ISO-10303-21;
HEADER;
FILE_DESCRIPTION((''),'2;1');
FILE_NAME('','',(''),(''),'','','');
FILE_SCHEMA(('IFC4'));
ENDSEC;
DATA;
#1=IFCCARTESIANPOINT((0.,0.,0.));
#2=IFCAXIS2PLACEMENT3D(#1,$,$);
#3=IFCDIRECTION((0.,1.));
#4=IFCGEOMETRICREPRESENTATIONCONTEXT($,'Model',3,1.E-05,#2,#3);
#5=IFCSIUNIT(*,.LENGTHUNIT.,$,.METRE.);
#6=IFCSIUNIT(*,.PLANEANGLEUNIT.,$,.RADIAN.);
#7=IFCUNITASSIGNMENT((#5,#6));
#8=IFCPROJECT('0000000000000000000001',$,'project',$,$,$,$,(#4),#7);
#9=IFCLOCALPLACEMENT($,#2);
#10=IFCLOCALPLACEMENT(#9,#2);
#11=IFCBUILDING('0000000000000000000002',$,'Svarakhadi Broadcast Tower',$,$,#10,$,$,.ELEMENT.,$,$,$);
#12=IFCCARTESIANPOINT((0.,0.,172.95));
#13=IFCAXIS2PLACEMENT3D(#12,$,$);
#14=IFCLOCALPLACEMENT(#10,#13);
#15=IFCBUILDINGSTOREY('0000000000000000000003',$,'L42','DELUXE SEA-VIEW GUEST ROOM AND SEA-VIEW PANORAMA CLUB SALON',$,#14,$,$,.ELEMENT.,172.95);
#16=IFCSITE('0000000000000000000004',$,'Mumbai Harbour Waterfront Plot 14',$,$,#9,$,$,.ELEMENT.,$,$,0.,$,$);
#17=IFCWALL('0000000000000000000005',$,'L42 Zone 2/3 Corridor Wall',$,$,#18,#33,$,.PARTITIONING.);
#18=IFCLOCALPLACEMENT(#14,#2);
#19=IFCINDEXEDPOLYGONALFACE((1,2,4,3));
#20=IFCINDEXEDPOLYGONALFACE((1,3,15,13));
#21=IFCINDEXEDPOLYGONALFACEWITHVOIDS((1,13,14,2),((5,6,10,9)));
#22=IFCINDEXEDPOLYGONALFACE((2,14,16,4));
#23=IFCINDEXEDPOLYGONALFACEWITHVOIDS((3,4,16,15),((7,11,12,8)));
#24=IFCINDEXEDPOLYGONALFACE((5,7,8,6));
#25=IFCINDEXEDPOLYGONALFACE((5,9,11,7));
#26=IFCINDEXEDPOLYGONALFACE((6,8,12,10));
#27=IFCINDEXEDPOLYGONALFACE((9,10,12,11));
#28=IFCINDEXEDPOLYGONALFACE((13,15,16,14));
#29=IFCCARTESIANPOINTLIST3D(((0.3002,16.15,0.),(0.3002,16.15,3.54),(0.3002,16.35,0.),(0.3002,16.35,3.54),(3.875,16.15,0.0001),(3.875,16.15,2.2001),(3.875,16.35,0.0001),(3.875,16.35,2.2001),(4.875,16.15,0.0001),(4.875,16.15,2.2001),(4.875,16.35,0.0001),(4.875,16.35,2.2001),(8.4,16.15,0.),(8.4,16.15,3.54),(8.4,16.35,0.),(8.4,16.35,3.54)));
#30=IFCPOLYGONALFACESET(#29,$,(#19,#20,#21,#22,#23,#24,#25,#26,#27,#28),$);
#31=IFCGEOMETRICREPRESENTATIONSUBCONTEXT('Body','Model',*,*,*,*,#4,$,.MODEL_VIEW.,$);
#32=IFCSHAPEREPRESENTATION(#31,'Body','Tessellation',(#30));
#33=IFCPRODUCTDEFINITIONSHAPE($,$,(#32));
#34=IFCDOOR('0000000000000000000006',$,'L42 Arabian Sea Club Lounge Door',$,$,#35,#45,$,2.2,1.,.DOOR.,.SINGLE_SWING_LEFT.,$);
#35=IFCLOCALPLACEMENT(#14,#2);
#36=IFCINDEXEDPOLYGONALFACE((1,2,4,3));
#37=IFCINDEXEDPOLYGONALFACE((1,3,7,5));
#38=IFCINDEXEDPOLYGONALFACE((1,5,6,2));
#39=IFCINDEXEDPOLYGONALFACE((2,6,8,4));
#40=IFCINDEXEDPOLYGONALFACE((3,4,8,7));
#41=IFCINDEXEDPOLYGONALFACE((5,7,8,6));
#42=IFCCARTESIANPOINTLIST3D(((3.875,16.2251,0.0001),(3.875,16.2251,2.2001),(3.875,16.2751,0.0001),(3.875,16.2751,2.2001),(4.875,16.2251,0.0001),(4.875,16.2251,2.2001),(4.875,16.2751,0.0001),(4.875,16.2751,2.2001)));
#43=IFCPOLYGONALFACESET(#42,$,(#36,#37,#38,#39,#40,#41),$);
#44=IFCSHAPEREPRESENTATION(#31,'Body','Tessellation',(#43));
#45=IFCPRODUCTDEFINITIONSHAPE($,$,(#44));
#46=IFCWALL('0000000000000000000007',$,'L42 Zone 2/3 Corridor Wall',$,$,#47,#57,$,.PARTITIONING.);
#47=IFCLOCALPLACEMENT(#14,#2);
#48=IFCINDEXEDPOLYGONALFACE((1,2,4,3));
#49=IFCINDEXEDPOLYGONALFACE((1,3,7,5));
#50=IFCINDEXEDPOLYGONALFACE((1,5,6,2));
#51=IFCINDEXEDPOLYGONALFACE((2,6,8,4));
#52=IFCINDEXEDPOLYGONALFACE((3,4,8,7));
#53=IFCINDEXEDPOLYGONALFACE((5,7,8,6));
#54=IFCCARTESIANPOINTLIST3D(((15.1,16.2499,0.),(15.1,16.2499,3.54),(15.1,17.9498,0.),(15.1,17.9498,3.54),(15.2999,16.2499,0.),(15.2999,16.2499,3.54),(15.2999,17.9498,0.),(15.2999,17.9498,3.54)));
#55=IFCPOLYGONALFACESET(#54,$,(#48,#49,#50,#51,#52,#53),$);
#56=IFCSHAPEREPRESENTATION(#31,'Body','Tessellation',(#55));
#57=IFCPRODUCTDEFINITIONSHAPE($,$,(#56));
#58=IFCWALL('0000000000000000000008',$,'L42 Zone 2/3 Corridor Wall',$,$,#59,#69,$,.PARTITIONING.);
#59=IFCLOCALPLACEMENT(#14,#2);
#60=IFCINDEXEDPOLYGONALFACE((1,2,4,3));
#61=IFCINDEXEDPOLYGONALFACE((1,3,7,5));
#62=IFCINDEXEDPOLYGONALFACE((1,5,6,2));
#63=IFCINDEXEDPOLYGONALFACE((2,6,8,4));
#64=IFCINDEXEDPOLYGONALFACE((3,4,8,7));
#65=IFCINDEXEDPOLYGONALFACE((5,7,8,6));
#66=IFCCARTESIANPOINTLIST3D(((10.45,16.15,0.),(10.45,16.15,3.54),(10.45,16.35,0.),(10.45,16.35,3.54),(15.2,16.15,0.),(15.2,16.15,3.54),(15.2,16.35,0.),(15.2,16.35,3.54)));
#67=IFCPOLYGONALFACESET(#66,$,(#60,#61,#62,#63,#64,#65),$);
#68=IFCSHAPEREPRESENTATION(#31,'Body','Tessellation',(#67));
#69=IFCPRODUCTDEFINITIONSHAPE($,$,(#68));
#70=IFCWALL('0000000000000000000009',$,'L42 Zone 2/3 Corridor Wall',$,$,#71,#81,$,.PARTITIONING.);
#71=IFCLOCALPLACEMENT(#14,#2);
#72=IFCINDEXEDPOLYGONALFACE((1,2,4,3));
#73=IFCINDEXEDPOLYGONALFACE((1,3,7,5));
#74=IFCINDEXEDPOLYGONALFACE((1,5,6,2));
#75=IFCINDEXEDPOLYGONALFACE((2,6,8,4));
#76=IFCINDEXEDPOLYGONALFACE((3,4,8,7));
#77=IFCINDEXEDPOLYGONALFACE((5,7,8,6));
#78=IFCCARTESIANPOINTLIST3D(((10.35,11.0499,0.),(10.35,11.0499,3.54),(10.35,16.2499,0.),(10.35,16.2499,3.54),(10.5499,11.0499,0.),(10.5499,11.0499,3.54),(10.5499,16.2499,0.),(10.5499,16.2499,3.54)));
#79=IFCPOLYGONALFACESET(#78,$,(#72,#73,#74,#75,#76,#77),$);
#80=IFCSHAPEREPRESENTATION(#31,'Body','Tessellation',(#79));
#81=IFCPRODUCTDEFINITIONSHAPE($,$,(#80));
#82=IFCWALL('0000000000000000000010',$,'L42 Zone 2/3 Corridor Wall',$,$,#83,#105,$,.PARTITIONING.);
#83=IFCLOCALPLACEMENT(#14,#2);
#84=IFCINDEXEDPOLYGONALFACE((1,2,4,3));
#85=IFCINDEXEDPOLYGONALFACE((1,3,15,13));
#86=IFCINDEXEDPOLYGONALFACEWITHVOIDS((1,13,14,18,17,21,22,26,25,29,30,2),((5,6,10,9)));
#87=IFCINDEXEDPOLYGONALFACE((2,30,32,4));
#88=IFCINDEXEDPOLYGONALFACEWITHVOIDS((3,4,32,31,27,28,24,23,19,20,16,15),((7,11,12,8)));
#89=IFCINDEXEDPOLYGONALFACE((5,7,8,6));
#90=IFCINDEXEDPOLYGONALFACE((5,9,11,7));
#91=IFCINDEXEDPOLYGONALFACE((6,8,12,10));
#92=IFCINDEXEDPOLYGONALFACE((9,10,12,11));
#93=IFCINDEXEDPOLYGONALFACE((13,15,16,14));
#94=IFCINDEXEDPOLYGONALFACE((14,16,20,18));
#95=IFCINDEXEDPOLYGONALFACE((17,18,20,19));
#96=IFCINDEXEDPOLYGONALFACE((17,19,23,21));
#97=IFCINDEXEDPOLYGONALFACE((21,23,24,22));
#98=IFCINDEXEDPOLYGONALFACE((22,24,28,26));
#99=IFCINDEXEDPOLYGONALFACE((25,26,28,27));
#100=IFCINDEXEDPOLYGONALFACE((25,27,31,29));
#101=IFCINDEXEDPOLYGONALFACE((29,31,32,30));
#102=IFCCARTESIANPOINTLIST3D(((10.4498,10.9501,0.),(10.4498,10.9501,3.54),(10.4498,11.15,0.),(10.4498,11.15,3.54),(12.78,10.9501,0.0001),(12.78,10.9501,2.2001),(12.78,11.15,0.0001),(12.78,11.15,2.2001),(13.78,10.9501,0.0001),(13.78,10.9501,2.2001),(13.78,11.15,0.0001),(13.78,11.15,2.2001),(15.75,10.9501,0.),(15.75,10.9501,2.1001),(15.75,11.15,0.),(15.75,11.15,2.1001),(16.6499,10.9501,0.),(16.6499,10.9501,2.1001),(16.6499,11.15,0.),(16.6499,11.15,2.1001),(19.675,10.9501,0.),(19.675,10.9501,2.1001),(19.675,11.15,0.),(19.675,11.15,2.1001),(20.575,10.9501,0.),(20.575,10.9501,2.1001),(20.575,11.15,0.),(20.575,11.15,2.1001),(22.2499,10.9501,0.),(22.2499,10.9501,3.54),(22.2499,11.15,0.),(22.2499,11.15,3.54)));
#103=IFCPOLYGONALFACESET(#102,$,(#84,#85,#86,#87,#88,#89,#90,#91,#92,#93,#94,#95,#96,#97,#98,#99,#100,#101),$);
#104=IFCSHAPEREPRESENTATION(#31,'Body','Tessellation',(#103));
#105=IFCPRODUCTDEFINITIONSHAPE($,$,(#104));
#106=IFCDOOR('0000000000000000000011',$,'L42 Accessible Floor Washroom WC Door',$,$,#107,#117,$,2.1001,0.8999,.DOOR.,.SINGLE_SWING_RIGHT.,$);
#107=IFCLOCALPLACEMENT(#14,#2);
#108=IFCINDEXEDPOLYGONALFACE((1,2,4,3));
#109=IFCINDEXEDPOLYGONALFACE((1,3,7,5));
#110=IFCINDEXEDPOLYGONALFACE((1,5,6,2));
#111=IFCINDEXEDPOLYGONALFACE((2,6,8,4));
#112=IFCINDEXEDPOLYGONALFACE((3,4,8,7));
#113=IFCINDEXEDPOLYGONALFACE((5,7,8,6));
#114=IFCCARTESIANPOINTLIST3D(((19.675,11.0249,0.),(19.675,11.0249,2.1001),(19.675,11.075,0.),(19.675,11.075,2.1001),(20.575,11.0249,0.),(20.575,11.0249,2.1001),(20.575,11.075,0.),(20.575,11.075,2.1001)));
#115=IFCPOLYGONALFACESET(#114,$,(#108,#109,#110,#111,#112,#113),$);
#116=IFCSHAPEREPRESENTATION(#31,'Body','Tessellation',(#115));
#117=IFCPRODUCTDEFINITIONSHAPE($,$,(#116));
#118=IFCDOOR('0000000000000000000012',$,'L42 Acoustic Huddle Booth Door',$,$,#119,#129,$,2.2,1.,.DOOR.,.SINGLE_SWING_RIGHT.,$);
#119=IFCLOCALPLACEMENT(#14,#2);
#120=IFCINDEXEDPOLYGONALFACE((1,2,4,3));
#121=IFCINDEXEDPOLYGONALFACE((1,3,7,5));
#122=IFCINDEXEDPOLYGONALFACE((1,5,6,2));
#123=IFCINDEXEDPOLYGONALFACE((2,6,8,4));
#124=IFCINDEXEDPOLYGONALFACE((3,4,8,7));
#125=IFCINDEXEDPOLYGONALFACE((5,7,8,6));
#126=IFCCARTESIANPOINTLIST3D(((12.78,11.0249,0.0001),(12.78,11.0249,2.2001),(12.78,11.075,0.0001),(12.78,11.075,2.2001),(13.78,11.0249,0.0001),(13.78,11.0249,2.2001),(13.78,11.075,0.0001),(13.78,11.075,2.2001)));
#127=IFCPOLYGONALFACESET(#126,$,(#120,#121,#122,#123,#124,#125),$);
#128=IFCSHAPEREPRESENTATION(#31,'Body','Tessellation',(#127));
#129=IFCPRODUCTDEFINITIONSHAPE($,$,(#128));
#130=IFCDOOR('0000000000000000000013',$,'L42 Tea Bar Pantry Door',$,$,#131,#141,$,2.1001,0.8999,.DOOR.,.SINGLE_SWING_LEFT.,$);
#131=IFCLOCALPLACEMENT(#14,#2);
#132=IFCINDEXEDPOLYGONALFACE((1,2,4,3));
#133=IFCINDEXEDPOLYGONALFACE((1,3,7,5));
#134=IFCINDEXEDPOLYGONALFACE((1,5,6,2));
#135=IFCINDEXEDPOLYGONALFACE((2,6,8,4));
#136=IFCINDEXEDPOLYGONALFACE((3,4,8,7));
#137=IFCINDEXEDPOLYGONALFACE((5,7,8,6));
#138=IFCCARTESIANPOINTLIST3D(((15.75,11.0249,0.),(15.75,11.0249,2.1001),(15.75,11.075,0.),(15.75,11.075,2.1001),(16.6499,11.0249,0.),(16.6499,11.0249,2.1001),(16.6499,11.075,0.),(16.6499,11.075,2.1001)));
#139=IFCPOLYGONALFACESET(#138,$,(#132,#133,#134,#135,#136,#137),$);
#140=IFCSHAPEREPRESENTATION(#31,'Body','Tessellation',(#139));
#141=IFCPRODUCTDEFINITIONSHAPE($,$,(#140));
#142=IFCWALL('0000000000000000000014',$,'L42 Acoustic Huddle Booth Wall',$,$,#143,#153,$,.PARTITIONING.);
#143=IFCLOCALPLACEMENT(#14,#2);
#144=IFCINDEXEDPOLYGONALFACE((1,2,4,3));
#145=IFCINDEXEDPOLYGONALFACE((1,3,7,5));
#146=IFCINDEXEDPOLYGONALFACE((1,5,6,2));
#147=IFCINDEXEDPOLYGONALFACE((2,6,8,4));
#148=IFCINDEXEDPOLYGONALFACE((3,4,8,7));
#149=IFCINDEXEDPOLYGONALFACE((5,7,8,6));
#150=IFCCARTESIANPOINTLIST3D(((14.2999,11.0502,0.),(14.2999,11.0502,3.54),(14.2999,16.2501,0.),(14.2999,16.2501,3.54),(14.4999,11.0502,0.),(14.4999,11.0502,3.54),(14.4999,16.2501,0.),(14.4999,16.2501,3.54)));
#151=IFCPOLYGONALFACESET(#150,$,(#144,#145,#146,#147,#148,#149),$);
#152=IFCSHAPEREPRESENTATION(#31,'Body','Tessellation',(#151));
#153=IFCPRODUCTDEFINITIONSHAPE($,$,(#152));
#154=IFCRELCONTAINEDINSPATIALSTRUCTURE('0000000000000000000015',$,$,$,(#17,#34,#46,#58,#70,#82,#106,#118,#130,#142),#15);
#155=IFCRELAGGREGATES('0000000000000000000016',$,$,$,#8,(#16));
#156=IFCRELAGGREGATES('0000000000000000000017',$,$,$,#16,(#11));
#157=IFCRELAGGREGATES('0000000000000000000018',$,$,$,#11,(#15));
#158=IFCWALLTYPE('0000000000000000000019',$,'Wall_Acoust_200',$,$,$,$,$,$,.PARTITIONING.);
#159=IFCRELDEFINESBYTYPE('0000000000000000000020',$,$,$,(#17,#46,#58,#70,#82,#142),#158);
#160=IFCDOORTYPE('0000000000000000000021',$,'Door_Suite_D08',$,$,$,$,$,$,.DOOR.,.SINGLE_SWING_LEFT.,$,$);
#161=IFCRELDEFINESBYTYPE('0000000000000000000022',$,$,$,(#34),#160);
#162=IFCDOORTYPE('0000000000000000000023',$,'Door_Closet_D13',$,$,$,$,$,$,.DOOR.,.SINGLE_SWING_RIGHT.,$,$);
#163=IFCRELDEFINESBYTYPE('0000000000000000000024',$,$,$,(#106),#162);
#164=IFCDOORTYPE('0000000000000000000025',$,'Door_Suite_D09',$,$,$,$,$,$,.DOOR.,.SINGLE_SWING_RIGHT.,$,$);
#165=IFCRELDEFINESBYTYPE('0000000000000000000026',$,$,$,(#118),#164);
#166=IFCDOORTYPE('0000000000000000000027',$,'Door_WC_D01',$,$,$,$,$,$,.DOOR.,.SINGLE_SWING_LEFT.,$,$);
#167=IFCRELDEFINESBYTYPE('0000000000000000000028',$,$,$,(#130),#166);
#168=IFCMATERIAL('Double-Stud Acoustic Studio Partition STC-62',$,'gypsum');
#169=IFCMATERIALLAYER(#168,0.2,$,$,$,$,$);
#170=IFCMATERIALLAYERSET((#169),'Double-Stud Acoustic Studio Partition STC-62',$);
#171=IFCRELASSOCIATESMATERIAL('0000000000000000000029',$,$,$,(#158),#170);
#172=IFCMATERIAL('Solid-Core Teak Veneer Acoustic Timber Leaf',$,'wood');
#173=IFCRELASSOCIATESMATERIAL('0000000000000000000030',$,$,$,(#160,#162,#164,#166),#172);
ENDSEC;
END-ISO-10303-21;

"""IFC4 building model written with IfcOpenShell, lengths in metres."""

from ifc_helpers import new_model, si_unit, direction, frame, frame_2d, origin, place, context, subcontext, project, spatial, rectangle, extrude, material, layer, layer_set, type_object, element, fill, save


model = new_model("IFC4")

# Units and contexts
model_context = context("Model", 3, precision=1e-05, world=origin(), true_north=direction((0.0, 1.0)))
body_context = subcontext(model_context, "Body", "Model", "MODEL_VIEW")
ifc_project = project(units=[si_unit("LENGTHUNIT", "METRE"), si_unit("PLANEANGLEUNIT", "RADIAN")], contexts=[model_context])

# Site, building, storey
site_placement = place(None, origin())
site = spatial("IfcSite", under=ifc_project, at=site_placement, Name="Mumbai Harbour Waterfront Plot 14", CompositionType="ELEMENT", RefElevation=0.0)
building_placement = place(site_placement, origin())
building = spatial("IfcBuilding", under=site, at=building_placement, Name="Svarakhadi Broadcast Tower", CompositionType="ELEMENT")
storey_placement = place(building_placement, frame((0.0, 0.0, 172.95)))
storey = spatial("IfcBuildingStorey", under=building, at=storey_placement, Name="L42", Description="DELUXE SEA-VIEW GUEST ROOM AND SEA-VIEW PANORAMA CLUB SALON", CompositionType="ELEMENT", Elevation=172.95)

# Shared definitions
ifc_material_1 = material(Name="Double-Stud Acoustic Studio Partition STC-62", Category="gypsum")
ifc_layer_1 = layer(ifc_material_1, 0.2)
ifc_layer_set_1 = layer_set([ifc_layer_1], Name="Double-Stud Acoustic Studio Partition STC-62")
wall_type_1 = type_object("IfcWallType", Name="Wall_Acoust_200", PredefinedType="PARTITIONING", material=ifc_layer_set_1)

# Wall, opening, door
wall_1_placement = place(storey_placement, frame((8.3999, 16.25, 0.0), z_axis=(0.0, 0.0, 1.0), x_axis=(-1.0, 0.0, 0.0)))
wall_1 = element("IfcWall", 1, at=wall_1_placement, inside=storey, type_object=wall_type_1, Name="L42 Zone 2/3 Corridor Wall", PredefinedType="PARTITIONING", context=body_context, shape_type="SweptSolid", body=[
    extrude(rectangle(XDim=8.0999, YDim=0.2, at=frame_2d((4.0498, 0.0))), origin(), (0.0, 0.0, 1.0), 3.54),
])
opening_1_placement = place(wall_1_placement, frame((3.5249, 0.0, 0.0)))
opening_1 = element("IfcOpeningElement", 2, at=opening_1_placement, cuts=wall_1, PredefinedType="OPENING", context=body_context, shape_type="SweptSolid", body=[
    extrude(rectangle(XDim=1.0, YDim=2.2, at=frame_2d((0.5, 1.1001))), frame((0.0, 0.1099, 0.0), z_axis=(0.0, -1.0, 0.0), x_axis=(1.0, 0.0, 0.0)), (0.0, 0.0, 1.0), 0.22),
])
ifc_material_2 = material(Name="Solid-Core Teak Veneer Acoustic Timber Leaf", Category="wood")
door_type_1 = type_object("IfcDoorType", Name="Door_Suite_D08", OperationType="SINGLE_SWING_LEFT", PredefinedType="DOOR", material=ifc_material_2)
door_1_placement = place(opening_1_placement, origin())
door_1 = element("IfcDoor", 3, at=door_1_placement, inside=storey, type_object=door_type_1, Name="L42 Arabian Sea Club Lounge Door", OperationType="SINGLE_SWING_LEFT", OverallHeight=2.2, OverallWidth=1.0, PredefinedType="DOOR", context=body_context, shape_type="SweptSolid", body=[
    extrude(rectangle(XDim=1.0, YDim=2.2, at=frame_2d((0.5, 1.1001))), frame((0.0, 0.0249, 0.0), z_axis=(0.0, -1.0, 0.0), x_axis=(1.0, 0.0, 0.0)), (0.0, 0.0, 1.0), 0.05),
])
fill(opening_1, door_1)

# Walls
wall_2_placement = place(storey_placement, frame((15.2, 17.95, 0.0), z_axis=(0.0, 0.0, 1.0), x_axis=(0.0, -1.0, 0.0)))
element("IfcWall", 4, at=wall_2_placement, inside=storey, type_object=wall_type_1, Name="L42 Zone 2/3 Corridor Wall", PredefinedType="PARTITIONING", context=body_context, shape_type="SweptSolid", body=[
    extrude(rectangle(XDim=1.7, YDim=0.2, at=frame_2d((0.8501, 0.0))), origin(), (0.0, 0.0, 1.0), 3.54),
])
wall_3_placement = place(storey_placement, frame((15.2, 16.25, 0.0), z_axis=(0.0, 0.0, 1.0), x_axis=(-1.0, 0.0, 0.0)))
element("IfcWall", 5, at=wall_3_placement, inside=storey, type_object=wall_type_1, Name="L42 Zone 2/3 Corridor Wall", PredefinedType="PARTITIONING", context=body_context, shape_type="SweptSolid", body=[
    extrude(rectangle(XDim=4.75, YDim=0.2, at=frame_2d((2.375, 0.0))), origin(), (0.0, 0.0, 1.0), 3.54),
])
wall_4_placement = place(storey_placement, frame((10.45, 16.25, 0.0), z_axis=(0.0, 0.0, 1.0), x_axis=(0.0, -1.0, 0.0)))
element("IfcWall", 6, at=wall_4_placement, inside=storey, type_object=wall_type_1, Name="L42 Zone 2/3 Corridor Wall", PredefinedType="PARTITIONING", context=body_context, shape_type="SweptSolid", body=[
    extrude(rectangle(XDim=5.2, YDim=0.2, at=frame_2d((2.6001, 0.0))), origin(), (0.0, 0.0, 1.0), 3.54),
])

# Wall, openings, doors
wall_5_placement = place(storey_placement, frame((10.45, 11.05, 0.0), z_axis=(0.0, 0.0, 1.0), x_axis=(1.0, 0.0, 0.0)))
wall_5 = element("IfcWall", 7, at=wall_5_placement, inside=storey, type_object=wall_type_1, Name="L42 Zone 2/3 Corridor Wall", PredefinedType="PARTITIONING", context=body_context, shape_type="SweptSolid", body=[
    extrude(rectangle(XDim=11.8, YDim=0.2, at=frame_2d((5.8999, 0.0))), origin(), (0.0, 0.0, 1.0), 3.54),
])
opening_2_placement = place(wall_5_placement, frame((2.3301, 0.0, 0.0)))
opening_2 = element("IfcOpeningElement", 8, at=opening_2_placement, cuts=wall_5, PredefinedType="OPENING", context=body_context, shape_type="SweptSolid", body=[
    extrude(rectangle(XDim=1.0, YDim=2.2, at=frame_2d((0.5, 1.1001))), frame((0.0, 0.1099, 0.0), z_axis=(0.0, -1.0, 0.0), x_axis=(1.0, 0.0, 0.0)), (0.0, 0.0, 1.0), 0.22),
])
opening_3_placement = place(wall_5_placement, frame((5.3, 0.0, 0.0)))
opening_3 = element("IfcOpeningElement", 9, at=opening_3_placement, cuts=wall_5, PredefinedType="OPENING", context=body_context, shape_type="SweptSolid", body=[
    extrude(rectangle(XDim=0.8999, YDim=2.1001, at=frame_2d((0.45, 1.05))), frame((0.0, 0.1099, 0.0), z_axis=(0.0, -1.0, 0.0), x_axis=(1.0, 0.0, 0.0)), (0.0, 0.0, 1.0), 0.22),
])
opening_4_placement = place(wall_5_placement, frame((9.2251, 0.0, 0.0)))
opening_4 = element("IfcOpeningElement", 10, at=opening_4_placement, cuts=wall_5, PredefinedType="OPENING", context=body_context, shape_type="SweptSolid", body=[
    extrude(rectangle(XDim=0.8999, YDim=2.1001, at=frame_2d((0.45, 1.05))), frame((0.0, 0.1099, 0.0), z_axis=(0.0, -1.0, 0.0), x_axis=(1.0, 0.0, 0.0)), (0.0, 0.0, 1.0), 0.22),
])
door_type_2 = type_object("IfcDoorType", Name="Door_Closet_D13", OperationType="SINGLE_SWING_RIGHT", PredefinedType="DOOR", material=ifc_material_2)
door_2_placement = place(opening_4_placement, origin())
door_2 = element("IfcDoor", 11, at=door_2_placement, inside=storey, type_object=door_type_2, Name="L42 Accessible Floor Washroom WC Door", OperationType="SINGLE_SWING_RIGHT", OverallHeight=2.1001, OverallWidth=0.8999, PredefinedType="DOOR", context=body_context, shape_type="SweptSolid", body=[
    extrude(rectangle(XDim=0.8999, YDim=2.1001, at=frame_2d((0.45, 1.05))), frame((0.0, 0.0249, 0.0), z_axis=(0.0, -1.0, 0.0), x_axis=(1.0, 0.0, 0.0)), (0.0, 0.0, 1.0), 0.05),
])
fill(opening_4, door_2)
door_type_3 = type_object("IfcDoorType", Name="Door_Suite_D09", OperationType="SINGLE_SWING_RIGHT", PredefinedType="DOOR", material=ifc_material_2)
door_3_placement = place(opening_2_placement, origin())
door_3 = element("IfcDoor", 12, at=door_3_placement, inside=storey, type_object=door_type_3, Name="L42 Acoustic Huddle Booth Door", OperationType="SINGLE_SWING_RIGHT", OverallHeight=2.2, OverallWidth=1.0, PredefinedType="DOOR", context=body_context, shape_type="SweptSolid", body=[
    extrude(rectangle(XDim=1.0, YDim=2.2, at=frame_2d((0.5, 1.1001))), frame((0.0, 0.0249, 0.0), z_axis=(0.0, -1.0, 0.0), x_axis=(1.0, 0.0, 0.0)), (0.0, 0.0, 1.0), 0.05),
])
fill(opening_2, door_3)
door_type_4 = type_object("IfcDoorType", Name="Door_WC_D01", OperationType="SINGLE_SWING_LEFT", PredefinedType="DOOR", material=ifc_material_2)
door_4_placement = place(opening_3_placement, origin())
door_4 = element("IfcDoor", 13, at=door_4_placement, inside=storey, type_object=door_type_4, Name="L42 Tea Bar Pantry Door", OperationType="SINGLE_SWING_LEFT", OverallHeight=2.1001, OverallWidth=0.8999, PredefinedType="DOOR", context=body_context, shape_type="SweptSolid", body=[
    extrude(rectangle(XDim=0.8999, YDim=2.1001, at=frame_2d((0.45, 1.05))), frame((0.0, 0.0249, 0.0), z_axis=(0.0, -1.0, 0.0), x_axis=(1.0, 0.0, 0.0)), (0.0, 0.0, 1.0), 0.05),
])
fill(opening_3, door_4)

# Wall
wall_6_placement = place(storey_placement, frame((14.3999, 11.05, 0.0), z_axis=(0.0, 0.0, 1.0), x_axis=(0.0, 1.0, 0.0)))
element("IfcWall", 14, at=wall_6_placement, inside=storey, type_object=wall_type_1, Name="L42 Acoustic Huddle Booth Wall", PredefinedType="PARTITIONING", context=body_context, shape_type="SweptSolid", body=[
    extrude(rectangle(XDim=5.2, YDim=0.2, at=frame_2d((2.6001, 0.0))), origin(), (0.0, 0.0, 1.0), 3.54),
])

save(model, "model.ifc")
